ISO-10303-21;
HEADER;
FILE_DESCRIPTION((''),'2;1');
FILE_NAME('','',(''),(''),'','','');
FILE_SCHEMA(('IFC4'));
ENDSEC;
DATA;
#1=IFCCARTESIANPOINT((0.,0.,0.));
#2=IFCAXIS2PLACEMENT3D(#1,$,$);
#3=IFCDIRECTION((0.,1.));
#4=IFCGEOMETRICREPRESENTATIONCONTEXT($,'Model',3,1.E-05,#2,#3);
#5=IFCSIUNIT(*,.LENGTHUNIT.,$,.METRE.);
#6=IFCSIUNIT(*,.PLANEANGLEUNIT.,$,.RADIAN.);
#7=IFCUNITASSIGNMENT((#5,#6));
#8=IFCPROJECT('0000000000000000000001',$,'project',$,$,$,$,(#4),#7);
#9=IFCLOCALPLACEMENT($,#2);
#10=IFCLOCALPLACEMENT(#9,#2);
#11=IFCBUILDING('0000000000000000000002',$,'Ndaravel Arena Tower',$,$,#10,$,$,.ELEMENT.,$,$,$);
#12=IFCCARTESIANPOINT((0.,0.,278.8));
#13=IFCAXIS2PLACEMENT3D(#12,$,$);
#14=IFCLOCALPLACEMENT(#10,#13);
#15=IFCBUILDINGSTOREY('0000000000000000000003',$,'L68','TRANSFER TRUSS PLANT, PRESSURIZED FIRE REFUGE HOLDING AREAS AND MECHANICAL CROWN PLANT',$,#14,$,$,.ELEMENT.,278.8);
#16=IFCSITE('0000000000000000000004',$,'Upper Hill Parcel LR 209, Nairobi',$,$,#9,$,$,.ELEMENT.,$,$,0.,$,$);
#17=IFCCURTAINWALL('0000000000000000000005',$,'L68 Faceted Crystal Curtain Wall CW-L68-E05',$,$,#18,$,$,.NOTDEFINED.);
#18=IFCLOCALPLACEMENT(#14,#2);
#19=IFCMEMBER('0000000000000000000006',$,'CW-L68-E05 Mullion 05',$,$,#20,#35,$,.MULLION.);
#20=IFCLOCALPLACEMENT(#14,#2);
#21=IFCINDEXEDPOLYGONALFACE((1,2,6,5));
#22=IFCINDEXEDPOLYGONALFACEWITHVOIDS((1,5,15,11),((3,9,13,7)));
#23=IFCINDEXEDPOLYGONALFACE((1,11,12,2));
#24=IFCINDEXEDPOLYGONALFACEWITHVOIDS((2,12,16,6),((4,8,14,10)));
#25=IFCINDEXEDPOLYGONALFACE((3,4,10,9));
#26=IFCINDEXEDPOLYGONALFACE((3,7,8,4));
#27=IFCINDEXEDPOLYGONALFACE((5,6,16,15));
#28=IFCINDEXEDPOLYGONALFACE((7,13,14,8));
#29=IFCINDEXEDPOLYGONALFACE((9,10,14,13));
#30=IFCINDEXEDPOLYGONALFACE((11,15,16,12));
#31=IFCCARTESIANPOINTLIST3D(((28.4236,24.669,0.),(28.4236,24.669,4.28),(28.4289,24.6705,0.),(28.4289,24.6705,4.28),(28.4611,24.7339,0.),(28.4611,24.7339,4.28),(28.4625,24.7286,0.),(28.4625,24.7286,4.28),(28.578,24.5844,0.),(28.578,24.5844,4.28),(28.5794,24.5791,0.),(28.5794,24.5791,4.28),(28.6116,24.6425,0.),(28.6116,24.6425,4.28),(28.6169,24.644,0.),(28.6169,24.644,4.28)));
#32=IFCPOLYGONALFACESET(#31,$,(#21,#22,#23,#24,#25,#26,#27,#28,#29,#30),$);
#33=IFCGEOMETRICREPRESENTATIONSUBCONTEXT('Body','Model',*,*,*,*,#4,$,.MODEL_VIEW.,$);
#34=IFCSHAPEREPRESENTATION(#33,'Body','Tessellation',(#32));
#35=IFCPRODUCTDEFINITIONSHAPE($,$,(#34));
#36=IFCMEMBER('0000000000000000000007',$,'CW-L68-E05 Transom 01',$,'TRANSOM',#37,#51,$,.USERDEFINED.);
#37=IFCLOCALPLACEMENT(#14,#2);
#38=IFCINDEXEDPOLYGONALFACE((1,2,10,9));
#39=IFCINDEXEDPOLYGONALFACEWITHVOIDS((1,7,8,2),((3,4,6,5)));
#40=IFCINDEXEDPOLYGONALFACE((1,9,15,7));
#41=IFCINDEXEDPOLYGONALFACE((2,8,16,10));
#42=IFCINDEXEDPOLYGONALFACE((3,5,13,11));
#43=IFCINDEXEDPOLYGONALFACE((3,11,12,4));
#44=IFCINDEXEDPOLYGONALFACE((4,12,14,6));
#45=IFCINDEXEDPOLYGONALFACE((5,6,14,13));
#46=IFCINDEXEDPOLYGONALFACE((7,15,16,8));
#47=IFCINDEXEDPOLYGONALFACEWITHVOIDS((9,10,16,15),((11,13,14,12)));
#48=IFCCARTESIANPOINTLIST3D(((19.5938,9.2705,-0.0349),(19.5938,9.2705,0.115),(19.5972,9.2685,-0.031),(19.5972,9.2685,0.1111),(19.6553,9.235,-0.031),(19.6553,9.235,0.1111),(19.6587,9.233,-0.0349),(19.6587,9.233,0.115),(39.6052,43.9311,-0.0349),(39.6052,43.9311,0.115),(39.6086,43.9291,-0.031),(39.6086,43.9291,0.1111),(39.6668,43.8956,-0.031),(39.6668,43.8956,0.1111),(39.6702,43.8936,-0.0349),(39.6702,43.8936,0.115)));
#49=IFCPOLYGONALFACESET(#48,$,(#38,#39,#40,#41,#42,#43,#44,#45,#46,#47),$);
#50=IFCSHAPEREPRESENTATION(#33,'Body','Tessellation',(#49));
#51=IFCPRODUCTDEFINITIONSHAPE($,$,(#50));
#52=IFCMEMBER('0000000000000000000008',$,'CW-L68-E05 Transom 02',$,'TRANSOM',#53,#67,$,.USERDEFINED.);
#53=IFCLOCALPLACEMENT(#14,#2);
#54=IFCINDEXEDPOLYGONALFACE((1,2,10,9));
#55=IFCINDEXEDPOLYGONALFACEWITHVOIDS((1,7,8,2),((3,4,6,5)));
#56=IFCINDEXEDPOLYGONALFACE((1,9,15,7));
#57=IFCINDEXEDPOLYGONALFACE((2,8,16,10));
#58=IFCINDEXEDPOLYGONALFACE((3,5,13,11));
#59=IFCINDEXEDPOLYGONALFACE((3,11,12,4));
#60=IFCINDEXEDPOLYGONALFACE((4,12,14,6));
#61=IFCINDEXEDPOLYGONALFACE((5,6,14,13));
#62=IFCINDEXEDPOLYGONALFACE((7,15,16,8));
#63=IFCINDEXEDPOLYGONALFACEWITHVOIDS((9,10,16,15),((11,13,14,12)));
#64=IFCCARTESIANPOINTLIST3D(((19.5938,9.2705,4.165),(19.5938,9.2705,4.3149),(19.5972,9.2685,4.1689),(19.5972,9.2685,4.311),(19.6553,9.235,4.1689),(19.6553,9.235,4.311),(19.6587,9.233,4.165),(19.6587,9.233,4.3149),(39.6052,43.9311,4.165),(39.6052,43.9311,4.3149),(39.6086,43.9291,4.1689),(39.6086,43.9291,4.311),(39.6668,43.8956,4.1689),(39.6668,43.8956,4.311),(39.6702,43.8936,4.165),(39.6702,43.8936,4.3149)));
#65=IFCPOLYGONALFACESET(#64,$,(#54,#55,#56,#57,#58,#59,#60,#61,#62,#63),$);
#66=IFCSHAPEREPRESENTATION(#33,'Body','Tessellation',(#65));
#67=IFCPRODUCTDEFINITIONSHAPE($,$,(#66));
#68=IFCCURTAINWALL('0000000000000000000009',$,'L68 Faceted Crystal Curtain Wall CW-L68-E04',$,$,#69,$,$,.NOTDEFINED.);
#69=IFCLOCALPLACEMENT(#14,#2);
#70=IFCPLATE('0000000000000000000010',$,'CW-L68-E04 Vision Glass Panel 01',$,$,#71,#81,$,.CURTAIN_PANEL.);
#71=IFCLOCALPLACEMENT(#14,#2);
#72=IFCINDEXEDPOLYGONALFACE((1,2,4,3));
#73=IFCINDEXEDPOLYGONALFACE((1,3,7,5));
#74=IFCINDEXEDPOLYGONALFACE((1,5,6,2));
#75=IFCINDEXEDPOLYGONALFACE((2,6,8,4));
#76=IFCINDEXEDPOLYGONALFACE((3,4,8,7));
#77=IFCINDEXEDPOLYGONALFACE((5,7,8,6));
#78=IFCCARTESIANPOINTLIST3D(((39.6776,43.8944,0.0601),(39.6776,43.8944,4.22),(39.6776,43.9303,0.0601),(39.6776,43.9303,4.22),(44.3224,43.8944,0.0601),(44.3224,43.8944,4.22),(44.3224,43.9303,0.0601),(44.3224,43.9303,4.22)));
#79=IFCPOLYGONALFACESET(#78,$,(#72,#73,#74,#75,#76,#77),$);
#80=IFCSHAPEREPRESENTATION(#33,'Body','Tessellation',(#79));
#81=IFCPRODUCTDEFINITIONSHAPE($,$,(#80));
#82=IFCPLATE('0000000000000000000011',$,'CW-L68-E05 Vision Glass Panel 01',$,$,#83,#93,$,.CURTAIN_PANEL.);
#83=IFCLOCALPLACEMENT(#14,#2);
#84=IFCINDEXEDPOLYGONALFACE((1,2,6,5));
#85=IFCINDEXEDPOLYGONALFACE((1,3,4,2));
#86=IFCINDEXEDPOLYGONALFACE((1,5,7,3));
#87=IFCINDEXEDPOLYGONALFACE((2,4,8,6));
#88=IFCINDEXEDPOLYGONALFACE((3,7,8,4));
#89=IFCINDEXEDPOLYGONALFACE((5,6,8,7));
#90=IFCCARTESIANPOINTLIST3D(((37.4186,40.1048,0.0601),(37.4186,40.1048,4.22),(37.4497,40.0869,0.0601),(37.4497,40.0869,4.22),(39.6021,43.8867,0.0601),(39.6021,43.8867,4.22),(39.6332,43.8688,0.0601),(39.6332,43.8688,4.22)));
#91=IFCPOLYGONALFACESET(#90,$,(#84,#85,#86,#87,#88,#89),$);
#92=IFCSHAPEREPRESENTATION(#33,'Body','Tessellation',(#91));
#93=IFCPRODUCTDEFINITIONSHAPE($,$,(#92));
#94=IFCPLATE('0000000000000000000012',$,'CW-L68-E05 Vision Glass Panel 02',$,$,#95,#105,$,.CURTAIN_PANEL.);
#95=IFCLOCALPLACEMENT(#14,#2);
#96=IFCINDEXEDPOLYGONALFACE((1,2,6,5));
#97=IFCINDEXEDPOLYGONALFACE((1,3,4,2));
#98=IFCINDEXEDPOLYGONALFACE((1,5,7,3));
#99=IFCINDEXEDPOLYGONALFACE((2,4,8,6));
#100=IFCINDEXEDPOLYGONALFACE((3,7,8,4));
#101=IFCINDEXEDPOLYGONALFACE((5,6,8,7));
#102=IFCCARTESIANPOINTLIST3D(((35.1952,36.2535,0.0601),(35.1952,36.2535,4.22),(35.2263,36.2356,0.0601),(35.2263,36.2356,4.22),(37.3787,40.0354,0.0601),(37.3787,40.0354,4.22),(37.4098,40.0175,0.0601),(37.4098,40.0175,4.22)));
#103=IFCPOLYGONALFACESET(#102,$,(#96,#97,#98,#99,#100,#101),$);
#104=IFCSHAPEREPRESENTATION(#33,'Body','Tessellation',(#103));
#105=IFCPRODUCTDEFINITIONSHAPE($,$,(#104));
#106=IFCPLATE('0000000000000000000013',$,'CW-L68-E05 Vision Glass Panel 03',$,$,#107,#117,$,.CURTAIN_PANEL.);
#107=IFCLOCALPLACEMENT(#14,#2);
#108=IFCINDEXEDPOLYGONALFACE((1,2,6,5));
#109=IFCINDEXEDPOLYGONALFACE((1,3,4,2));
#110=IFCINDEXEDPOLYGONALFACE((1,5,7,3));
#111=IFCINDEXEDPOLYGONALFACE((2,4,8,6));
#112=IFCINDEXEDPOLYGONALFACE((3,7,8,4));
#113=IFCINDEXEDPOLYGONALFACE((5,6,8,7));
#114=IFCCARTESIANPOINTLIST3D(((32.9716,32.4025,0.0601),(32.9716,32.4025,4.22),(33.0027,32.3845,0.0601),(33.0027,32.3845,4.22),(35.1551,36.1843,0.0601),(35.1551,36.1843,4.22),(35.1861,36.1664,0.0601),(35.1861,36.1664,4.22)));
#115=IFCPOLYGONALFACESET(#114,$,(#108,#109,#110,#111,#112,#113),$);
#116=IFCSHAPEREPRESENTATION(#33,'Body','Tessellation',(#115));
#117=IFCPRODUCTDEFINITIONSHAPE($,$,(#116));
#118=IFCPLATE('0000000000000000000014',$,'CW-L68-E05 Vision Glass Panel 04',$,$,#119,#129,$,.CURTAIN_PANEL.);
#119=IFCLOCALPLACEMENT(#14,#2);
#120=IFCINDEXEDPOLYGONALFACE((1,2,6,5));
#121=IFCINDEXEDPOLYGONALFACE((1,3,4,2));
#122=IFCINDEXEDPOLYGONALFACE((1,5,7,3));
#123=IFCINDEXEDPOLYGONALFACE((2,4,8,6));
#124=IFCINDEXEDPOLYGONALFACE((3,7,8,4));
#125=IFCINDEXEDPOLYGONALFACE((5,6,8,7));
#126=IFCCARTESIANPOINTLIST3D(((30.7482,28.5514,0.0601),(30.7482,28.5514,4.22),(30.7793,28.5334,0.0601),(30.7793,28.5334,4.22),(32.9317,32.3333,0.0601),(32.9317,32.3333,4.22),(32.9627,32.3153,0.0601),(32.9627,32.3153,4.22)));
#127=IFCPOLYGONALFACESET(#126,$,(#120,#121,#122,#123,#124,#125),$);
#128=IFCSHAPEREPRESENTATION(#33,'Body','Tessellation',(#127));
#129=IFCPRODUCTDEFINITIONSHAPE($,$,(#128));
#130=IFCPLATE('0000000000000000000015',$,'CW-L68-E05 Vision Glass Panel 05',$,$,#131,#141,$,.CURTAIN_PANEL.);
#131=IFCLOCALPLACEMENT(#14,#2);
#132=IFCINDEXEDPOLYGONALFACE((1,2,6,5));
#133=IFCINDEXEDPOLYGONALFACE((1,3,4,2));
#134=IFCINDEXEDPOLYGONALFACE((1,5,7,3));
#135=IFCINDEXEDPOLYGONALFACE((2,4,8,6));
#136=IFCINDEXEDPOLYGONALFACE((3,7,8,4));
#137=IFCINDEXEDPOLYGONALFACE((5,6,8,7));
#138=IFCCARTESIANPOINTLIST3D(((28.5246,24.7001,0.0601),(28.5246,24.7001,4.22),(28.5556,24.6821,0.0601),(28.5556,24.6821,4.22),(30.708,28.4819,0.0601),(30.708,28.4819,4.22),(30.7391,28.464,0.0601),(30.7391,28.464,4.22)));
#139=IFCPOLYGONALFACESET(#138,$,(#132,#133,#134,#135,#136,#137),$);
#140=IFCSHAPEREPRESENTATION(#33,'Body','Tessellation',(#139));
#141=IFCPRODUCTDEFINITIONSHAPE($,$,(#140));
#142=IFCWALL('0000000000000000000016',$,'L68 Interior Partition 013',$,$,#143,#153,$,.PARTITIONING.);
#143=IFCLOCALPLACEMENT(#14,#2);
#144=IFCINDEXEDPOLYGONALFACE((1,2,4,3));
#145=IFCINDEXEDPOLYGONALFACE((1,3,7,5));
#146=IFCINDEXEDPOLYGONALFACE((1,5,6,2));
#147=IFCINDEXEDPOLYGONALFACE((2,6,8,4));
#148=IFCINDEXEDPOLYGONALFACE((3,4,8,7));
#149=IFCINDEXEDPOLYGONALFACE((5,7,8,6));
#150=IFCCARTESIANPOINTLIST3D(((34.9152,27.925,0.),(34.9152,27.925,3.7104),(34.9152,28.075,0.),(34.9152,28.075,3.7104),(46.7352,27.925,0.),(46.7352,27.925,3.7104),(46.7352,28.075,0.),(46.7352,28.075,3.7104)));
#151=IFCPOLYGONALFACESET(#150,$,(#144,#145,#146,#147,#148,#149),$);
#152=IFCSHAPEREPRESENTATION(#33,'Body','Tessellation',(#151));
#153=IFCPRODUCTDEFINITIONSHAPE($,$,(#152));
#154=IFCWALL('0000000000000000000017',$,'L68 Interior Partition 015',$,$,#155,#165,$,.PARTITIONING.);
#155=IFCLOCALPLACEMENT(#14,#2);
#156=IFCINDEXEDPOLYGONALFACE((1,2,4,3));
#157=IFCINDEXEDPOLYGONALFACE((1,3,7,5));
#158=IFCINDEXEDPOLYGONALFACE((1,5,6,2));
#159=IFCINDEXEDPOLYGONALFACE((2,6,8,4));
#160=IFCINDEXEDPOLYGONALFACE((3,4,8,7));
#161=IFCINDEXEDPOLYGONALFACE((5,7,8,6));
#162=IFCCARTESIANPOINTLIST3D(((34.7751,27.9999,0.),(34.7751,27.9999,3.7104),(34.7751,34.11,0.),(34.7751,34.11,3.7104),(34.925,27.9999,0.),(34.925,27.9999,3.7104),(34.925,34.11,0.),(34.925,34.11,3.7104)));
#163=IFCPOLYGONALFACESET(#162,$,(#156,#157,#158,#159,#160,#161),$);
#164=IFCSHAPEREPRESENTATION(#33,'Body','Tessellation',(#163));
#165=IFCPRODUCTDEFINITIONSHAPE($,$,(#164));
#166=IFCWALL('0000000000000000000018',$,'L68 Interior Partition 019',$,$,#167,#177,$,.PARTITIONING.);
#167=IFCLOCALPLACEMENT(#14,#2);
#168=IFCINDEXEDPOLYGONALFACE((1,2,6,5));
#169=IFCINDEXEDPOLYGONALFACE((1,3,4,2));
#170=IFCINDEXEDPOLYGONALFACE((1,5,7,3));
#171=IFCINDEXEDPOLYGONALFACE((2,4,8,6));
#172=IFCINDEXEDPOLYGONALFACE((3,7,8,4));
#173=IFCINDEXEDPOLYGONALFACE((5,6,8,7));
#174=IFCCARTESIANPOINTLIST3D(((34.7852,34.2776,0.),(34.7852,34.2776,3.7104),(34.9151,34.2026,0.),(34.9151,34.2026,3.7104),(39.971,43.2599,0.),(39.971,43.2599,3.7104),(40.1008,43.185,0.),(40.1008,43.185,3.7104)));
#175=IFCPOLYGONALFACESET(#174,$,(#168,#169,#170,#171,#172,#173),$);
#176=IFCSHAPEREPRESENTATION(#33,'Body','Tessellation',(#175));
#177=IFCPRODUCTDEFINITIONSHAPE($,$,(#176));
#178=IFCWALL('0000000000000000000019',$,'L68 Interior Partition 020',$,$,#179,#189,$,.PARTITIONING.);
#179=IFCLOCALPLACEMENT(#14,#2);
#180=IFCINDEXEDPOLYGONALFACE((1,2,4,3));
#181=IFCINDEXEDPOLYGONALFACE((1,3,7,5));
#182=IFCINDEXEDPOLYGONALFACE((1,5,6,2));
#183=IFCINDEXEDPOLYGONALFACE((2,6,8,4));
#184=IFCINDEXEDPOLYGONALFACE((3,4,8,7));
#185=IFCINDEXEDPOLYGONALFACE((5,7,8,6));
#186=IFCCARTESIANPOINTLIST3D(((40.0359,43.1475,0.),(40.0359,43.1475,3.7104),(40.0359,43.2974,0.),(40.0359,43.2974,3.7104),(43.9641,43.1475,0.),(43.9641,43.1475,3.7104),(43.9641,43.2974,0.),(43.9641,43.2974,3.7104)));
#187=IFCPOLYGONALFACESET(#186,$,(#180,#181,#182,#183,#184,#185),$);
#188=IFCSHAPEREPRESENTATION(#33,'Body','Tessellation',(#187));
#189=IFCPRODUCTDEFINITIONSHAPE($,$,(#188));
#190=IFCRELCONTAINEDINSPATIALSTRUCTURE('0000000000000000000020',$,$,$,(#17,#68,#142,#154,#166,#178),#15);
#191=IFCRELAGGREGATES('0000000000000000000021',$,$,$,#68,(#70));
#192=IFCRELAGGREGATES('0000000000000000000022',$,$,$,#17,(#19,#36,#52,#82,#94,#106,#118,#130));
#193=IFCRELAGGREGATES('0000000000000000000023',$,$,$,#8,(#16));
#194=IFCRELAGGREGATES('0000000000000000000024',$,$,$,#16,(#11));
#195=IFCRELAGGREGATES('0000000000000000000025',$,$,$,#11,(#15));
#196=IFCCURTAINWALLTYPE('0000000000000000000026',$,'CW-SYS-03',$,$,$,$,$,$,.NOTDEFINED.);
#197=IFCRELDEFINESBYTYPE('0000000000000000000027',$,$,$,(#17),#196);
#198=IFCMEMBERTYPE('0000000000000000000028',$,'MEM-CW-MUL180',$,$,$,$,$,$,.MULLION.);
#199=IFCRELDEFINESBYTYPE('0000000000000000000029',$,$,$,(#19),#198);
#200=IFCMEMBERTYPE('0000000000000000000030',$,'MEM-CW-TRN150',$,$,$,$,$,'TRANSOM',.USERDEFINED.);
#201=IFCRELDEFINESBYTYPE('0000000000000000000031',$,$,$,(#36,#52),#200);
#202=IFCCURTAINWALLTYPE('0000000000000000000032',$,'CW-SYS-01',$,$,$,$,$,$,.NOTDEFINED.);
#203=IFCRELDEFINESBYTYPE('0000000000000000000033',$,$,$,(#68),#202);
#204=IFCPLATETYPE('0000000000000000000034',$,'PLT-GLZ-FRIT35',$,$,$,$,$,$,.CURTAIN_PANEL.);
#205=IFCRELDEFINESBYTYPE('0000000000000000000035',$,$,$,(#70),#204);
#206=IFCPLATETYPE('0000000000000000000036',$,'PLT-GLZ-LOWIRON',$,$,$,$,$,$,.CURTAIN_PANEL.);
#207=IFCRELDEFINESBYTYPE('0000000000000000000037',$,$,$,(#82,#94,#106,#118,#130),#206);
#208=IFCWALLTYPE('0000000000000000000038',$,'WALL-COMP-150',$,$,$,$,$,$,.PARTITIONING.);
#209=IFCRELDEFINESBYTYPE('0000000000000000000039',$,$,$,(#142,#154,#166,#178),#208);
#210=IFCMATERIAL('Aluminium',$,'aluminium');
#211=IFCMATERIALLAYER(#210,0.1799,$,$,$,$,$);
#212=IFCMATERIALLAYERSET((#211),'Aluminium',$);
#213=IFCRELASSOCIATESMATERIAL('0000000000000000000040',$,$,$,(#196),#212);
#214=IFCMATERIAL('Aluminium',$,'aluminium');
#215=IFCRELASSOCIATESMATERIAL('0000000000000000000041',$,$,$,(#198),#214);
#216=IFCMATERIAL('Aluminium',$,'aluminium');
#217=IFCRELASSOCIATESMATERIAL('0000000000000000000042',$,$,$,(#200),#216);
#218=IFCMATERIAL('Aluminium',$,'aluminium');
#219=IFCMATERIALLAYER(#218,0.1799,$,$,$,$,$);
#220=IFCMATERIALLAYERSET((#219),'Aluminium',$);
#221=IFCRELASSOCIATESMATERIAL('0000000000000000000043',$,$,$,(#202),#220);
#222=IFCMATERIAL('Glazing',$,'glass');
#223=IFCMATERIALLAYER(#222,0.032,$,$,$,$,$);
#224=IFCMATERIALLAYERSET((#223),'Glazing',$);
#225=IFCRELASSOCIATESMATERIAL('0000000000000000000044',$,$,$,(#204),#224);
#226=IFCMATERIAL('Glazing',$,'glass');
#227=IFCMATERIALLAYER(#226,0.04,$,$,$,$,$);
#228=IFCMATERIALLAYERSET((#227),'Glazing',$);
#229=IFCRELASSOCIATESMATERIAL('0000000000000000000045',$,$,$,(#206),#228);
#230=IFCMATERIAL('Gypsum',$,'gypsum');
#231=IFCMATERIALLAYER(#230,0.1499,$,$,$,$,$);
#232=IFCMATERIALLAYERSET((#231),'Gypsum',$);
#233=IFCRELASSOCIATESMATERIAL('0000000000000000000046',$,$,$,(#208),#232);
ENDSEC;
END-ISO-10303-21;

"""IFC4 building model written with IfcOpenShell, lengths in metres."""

from ifc_helpers import new_model, si_unit, direction, frame, frame_2d, origin, origin_2d, place, context, subcontext, project, spatial, rectangle, hollow_rectangle, extrude, material, layer, layer_set, material_profile, profile_set, type_object, element, aggregate, save


model = new_model("IFC4")

# Units and contexts
model_context = context("Model", 3, precision=1e-05, world=origin(), true_north=direction((0.0, 1.0)))
body_context = subcontext(model_context, "Body", "Model", "MODEL_VIEW")
ifc_project = project(units=[si_unit("LENGTHUNIT", "METRE"), si_unit("PLANEANGLEUNIT", "RADIAN")], contexts=[model_context])

# Site, building, storey
site_placement = place(None, origin())
site = spatial("IfcSite", under=ifc_project, at=site_placement, Name="Upper Hill Parcel LR 209, Nairobi", CompositionType="ELEMENT", RefElevation=0.0)
building_placement = place(site_placement, origin())
building = spatial("IfcBuilding", under=site, at=building_placement, Name="Ndaravel Arena Tower", CompositionType="ELEMENT")
storey_placement = place(building_placement, frame((0.0, 0.0, 278.8)))
storey = spatial("IfcBuildingStorey", under=building, at=storey_placement, Name="L68", Description="TRANSFER TRUSS PLANT, PRESSURIZED FIRE REFUGE HOLDING AREAS AND MECHANICAL CROWN PLANT", CompositionType="ELEMENT", Elevation=278.8)

# Curtain wall, members
ifc_material_1 = material(Name="Aluminium", Category="aluminium")
ifc_layer_1 = layer(ifc_material_1, 0.1799)
ifc_layer_set_1 = layer_set([ifc_layer_1], Name="Aluminium")
curtain_wall_type_1 = type_object("IfcCurtainWallType", Name="CW-SYS-03", PredefinedType="NOTDEFINED", material=ifc_layer_set_1)
curtain_wall_1_placement = place(storey_placement, origin())
curtain_wall_1 = element("IfcCurtainWall", 1, at=curtain_wall_1_placement, inside=storey, type_object=curtain_wall_type_1, Name="L68 Faceted Crystal Curtain Wall CW-L68-E05", PredefinedType="NOTDEFINED")
ifc_material_2 = material(Name="Aluminium", Category="aluminium")
ifc_material_profile_1 = material_profile(ifc_material_2, hollow_rectangle(XDim=0.075, YDim=0.1799, WallThickness=0.0039, at=origin_2d()), Name="CW MULLION 75x180x4")
ifc_profile_set_1 = profile_set([ifc_material_profile_1], Name="Aluminium")
member_type_1 = type_object("IfcMemberType", Name="MEM-CW-MUL180", PredefinedType="MULLION", material=ifc_profile_set_1)
member_1_placement = place(storey_placement, frame((28.5203, 24.6565, 0.0), z_axis=(0.0, 0.0, 1.0), x_axis=(-0.5, -0.866025, 0.0)))
member_1 = element("IfcMember", 2, at=member_1_placement, type_object=member_type_1, Name="CW-L68-E05 Mullion 05", PredefinedType="MULLION", context=body_context, shape_type="SweptSolid", body=[
    extrude(hollow_rectangle(XDim=0.075, YDim=0.1799, WallThickness=0.0039, at=origin_2d()), origin(), (0.0, 0.0, 1.0), 4.28),
])
ifc_material_3 = material(Name="Aluminium", Category="aluminium")
ifc_material_profile_2 = material_profile(ifc_material_3, hollow_rectangle(XDim=0.075, YDim=0.1499, WallThickness=0.0039, at=origin_2d()), Name="CW TRANSOM 75x150x4")
ifc_profile_set_2 = profile_set([ifc_material_profile_2], Name="Aluminium")
member_type_2 = type_object("IfcMemberType", Name="MEM-CW-TRN150", ElementType="TRANSOM", PredefinedType="USERDEFINED", material=ifc_profile_set_2)
member_2_placement = place(storey_placement, frame((39.6377, 43.9124, 0.04), z_axis=(-0.500003, -0.866024, 0.0), x_axis=(0.866024, -0.500003, 0.0)))
member_2 = element("IfcMember", 3, at=member_2_placement, type_object=member_type_2, Name="CW-L68-E05 Transom 01", ObjectType="TRANSOM", PredefinedType="USERDEFINED", context=body_context, shape_type="SweptSolid", body=[
    extrude(hollow_rectangle(XDim=0.075, YDim=0.1499, WallThickness=0.0039, at=origin_2d()), origin(), (0.0, 0.0, 1.0), 40.0227),
])
member_3_placement = place(storey_placement, frame((39.6377, 43.9124, 4.24), z_axis=(-0.500003, -0.866024, 0.0), x_axis=(0.866024, -0.500003, 0.0)))
member_3 = element("IfcMember", 4, at=member_3_placement, type_object=member_type_2, Name="CW-L68-E05 Transom 02", ObjectType="TRANSOM", PredefinedType="USERDEFINED", context=body_context, shape_type="SweptSolid", body=[
    extrude(hollow_rectangle(XDim=0.075, YDim=0.1499, WallThickness=0.0039, at=origin_2d()), origin(), (0.0, 0.0, 1.0), 40.0227),
])

# Curtain wall, plate
ifc_material_4 = material(Name="Aluminium", Category="aluminium")
ifc_layer_2 = layer(ifc_material_4, 0.1799)
ifc_layer_set_2 = layer_set([ifc_layer_2], Name="Aluminium")
curtain_wall_type_2 = type_object("IfcCurtainWallType", Name="CW-SYS-01", PredefinedType="NOTDEFINED", material=ifc_layer_set_2)
curtain_wall_2_placement = place(storey_placement, origin())
curtain_wall_2 = element("IfcCurtainWall", 5, at=curtain_wall_2_placement, inside=storey, type_object=curtain_wall_type_2, Name="L68 Faceted Crystal Curtain Wall CW-L68-E04", PredefinedType="NOTDEFINED")
ifc_material_5 = material(Name="Glazing", Category="glass")
ifc_layer_3 = layer(ifc_material_5, 0.032)
ifc_layer_set_3 = layer_set([ifc_layer_3], Name="Glazing")
plate_type_1 = type_object("IfcPlateType", Name="PLT-GLZ-FRIT35", PredefinedType="CURTAIN_PANEL", material=ifc_layer_set_3)
plate_1_placement = place(storey_placement, frame((42.0, 43.9124, 0.0601), z_axis=(0.0, 0.0, 1.0), x_axis=(-1.0, 0.0, 0.0)))
plate_1 = element("IfcPlate", 6, at=plate_1_placement, type_object=plate_type_1, Name="CW-L68-E04 Vision Glass Panel 01", PredefinedType="CURTAIN_PANEL", context=body_context, shape_type="SweptSolid", body=[
    extrude(rectangle(XDim=4.6448, YDim=0.0359, at=origin_2d()), origin(), (0.0, 0.0, 1.0), 4.1599),
])
aggregate(curtain_wall_2, [plate_1])

# Plates
ifc_material_6 = material(Name="Glazing", Category="glass")
ifc_layer_4 = layer(ifc_material_6, 0.04)
ifc_layer_set_4 = layer_set([ifc_layer_4], Name="Glazing")
plate_type_2 = type_object("IfcPlateType", Name="PLT-GLZ-LOWIRON", PredefinedType="CURTAIN_PANEL", material=ifc_layer_set_4)
plate_2_placement = place(storey_placement, frame((38.5259, 41.9868, 0.0601), z_axis=(0.0, 0.0, 1.0), x_axis=(-0.5, -0.866025, 0.0)))
plate_2 = element("IfcPlate", 7, at=plate_2_placement, type_object=plate_type_2, Name="CW-L68-E05 Vision Glass Panel 01", PredefinedType="CURTAIN_PANEL", context=body_context, shape_type="SweptSolid", body=[
    extrude(rectangle(XDim=4.3669, YDim=0.0359, at=origin_2d()), origin(), (0.0, 0.0, 1.0), 4.1599),
])
plate_3_placement = place(storey_placement, frame((36.3025, 38.1355, 0.0601), z_axis=(0.0, 0.0, 1.0), x_axis=(-0.5, -0.866025, 0.0)))
plate_3 = element("IfcPlate", 8, at=plate_3_placement, type_object=plate_type_2, Name="CW-L68-E05 Vision Glass Panel 02", PredefinedType="CURTAIN_PANEL", context=body_context, shape_type="SweptSolid", body=[
    extrude(rectangle(XDim=4.3669, YDim=0.0359, at=origin_2d()), origin(), (0.0, 0.0, 1.0), 4.1599),
])
plate_4_placement = place(storey_placement, frame((34.0789, 34.2844, 0.0601), z_axis=(0.0, 0.0, 1.0), x_axis=(-0.5, -0.866025, 0.0)))
plate_4 = element("IfcPlate", 9, at=plate_4_placement, type_object=plate_type_2, Name="CW-L68-E05 Vision Glass Panel 03", PredefinedType="CURTAIN_PANEL", context=body_context, shape_type="SweptSolid", body=[
    extrude(rectangle(XDim=4.3669, YDim=0.0359, at=origin_2d()), origin(), (0.0, 0.0, 1.0), 4.1599),
])
plate_5_placement = place(storey_placement, frame((31.8555, 30.4333, 0.0601), z_axis=(0.0, 0.0, 1.0), x_axis=(-0.5, -0.866025, 0.0)))
plate_5 = element("IfcPlate", 10, at=plate_5_placement, type_object=plate_type_2, Name="CW-L68-E05 Vision Glass Panel 04", PredefinedType="CURTAIN_PANEL", context=body_context, shape_type="SweptSolid", body=[
    extrude(rectangle(XDim=4.3669, YDim=0.0359, at=origin_2d()), origin(), (0.0, 0.0, 1.0), 4.1599),
])
plate_6_placement = place(storey_placement, frame((29.6318, 26.582, 0.0601), z_axis=(0.0, 0.0, 1.0), x_axis=(-0.5, -0.866025, 0.0)))
plate_6 = element("IfcPlate", 11, at=plate_6_placement, type_object=plate_type_2, Name="CW-L68-E05 Vision Glass Panel 05", PredefinedType="CURTAIN_PANEL", context=body_context, shape_type="SweptSolid", body=[
    extrude(rectangle(XDim=4.3669, YDim=0.0359, at=origin_2d()), origin(), (0.0, 0.0, 1.0), 4.1599),
])
aggregate(curtain_wall_1, [member_1, member_2, member_3, plate_2, plate_3, plate_4, plate_5, plate_6])

# Walls
ifc_material_7 = material(Name="Gypsum", Category="gypsum")
ifc_layer_5 = layer(ifc_material_7, 0.1499)
ifc_layer_set_5 = layer_set([ifc_layer_5], Name="Gypsum")
wall_type = type_object("IfcWallType", Name="WALL-COMP-150", PredefinedType="PARTITIONING", material=ifc_layer_set_5)
wall_1_placement = place(storey_placement, frame((34.915, 28.0, 0.0), z_axis=(0.0, 0.0, 1.0), x_axis=(1.0, 0.0, 0.0)))
element("IfcWall", 12, at=wall_1_placement, inside=storey, type_object=wall_type, Name="L68 Interior Partition 013", PredefinedType="PARTITIONING", context=body_context, shape_type="SweptSolid", body=[
    extrude(rectangle(XDim=11.8201, YDim=0.1499, at=frame_2d((5.9102, 0.0))), origin(), (0.0, 0.0, 1.0), 3.7104),
])
wall_2_placement = place(storey_placement, frame((34.8501, 34.1101, 0.0), z_axis=(0.0, 0.0, 1.0), x_axis=(0.0, -1.0, 0.0)))
element("IfcWall", 13, at=wall_2_placement, inside=storey, type_object=wall_type, Name="L68 Interior Partition 015", PredefinedType="PARTITIONING", context=body_context, shape_type="SweptSolid", body=[
    extrude(rectangle(XDim=6.1101, YDim=0.1499, at=frame_2d((3.0552, 0.0))), origin(), (0.0, 0.0, 1.0), 3.7104),
])
wall_3_placement = place(storey_placement, frame((34.8501, 34.24, 0.0), z_axis=(0.0, 0.0, 1.0), x_axis=(0.499985, 0.866034, 0.0)))
element("IfcWall", 14, at=wall_3_placement, inside=storey, type_object=wall_type, Name="L68 Interior Partition 019", PredefinedType="PARTITIONING", context=body_context, shape_type="SweptSolid", body=[
    extrude(rectangle(XDim=10.3718, YDim=0.1499, at=frame_2d((5.186, 0.0))), origin(), (0.0, 0.0, 1.0), 3.7104),
])
wall_4_placement = place(storey_placement, frame((40.0359, 43.2224, 0.0), z_axis=(0.0, 0.0, 1.0), x_axis=(1.0, 0.0, 0.0)))
element("IfcWall", 15, at=wall_4_placement, inside=storey, type_object=wall_type, Name="L68 Interior Partition 020", PredefinedType="PARTITIONING", context=body_context, shape_type="SweptSolid", body=[
    extrude(rectangle(XDim=3.9282, YDim=0.1499, at=frame_2d((1.9641, 0.0))), origin(), (0.0, 0.0, 1.0), 3.7104),
])

save(model, "model.ifc")
